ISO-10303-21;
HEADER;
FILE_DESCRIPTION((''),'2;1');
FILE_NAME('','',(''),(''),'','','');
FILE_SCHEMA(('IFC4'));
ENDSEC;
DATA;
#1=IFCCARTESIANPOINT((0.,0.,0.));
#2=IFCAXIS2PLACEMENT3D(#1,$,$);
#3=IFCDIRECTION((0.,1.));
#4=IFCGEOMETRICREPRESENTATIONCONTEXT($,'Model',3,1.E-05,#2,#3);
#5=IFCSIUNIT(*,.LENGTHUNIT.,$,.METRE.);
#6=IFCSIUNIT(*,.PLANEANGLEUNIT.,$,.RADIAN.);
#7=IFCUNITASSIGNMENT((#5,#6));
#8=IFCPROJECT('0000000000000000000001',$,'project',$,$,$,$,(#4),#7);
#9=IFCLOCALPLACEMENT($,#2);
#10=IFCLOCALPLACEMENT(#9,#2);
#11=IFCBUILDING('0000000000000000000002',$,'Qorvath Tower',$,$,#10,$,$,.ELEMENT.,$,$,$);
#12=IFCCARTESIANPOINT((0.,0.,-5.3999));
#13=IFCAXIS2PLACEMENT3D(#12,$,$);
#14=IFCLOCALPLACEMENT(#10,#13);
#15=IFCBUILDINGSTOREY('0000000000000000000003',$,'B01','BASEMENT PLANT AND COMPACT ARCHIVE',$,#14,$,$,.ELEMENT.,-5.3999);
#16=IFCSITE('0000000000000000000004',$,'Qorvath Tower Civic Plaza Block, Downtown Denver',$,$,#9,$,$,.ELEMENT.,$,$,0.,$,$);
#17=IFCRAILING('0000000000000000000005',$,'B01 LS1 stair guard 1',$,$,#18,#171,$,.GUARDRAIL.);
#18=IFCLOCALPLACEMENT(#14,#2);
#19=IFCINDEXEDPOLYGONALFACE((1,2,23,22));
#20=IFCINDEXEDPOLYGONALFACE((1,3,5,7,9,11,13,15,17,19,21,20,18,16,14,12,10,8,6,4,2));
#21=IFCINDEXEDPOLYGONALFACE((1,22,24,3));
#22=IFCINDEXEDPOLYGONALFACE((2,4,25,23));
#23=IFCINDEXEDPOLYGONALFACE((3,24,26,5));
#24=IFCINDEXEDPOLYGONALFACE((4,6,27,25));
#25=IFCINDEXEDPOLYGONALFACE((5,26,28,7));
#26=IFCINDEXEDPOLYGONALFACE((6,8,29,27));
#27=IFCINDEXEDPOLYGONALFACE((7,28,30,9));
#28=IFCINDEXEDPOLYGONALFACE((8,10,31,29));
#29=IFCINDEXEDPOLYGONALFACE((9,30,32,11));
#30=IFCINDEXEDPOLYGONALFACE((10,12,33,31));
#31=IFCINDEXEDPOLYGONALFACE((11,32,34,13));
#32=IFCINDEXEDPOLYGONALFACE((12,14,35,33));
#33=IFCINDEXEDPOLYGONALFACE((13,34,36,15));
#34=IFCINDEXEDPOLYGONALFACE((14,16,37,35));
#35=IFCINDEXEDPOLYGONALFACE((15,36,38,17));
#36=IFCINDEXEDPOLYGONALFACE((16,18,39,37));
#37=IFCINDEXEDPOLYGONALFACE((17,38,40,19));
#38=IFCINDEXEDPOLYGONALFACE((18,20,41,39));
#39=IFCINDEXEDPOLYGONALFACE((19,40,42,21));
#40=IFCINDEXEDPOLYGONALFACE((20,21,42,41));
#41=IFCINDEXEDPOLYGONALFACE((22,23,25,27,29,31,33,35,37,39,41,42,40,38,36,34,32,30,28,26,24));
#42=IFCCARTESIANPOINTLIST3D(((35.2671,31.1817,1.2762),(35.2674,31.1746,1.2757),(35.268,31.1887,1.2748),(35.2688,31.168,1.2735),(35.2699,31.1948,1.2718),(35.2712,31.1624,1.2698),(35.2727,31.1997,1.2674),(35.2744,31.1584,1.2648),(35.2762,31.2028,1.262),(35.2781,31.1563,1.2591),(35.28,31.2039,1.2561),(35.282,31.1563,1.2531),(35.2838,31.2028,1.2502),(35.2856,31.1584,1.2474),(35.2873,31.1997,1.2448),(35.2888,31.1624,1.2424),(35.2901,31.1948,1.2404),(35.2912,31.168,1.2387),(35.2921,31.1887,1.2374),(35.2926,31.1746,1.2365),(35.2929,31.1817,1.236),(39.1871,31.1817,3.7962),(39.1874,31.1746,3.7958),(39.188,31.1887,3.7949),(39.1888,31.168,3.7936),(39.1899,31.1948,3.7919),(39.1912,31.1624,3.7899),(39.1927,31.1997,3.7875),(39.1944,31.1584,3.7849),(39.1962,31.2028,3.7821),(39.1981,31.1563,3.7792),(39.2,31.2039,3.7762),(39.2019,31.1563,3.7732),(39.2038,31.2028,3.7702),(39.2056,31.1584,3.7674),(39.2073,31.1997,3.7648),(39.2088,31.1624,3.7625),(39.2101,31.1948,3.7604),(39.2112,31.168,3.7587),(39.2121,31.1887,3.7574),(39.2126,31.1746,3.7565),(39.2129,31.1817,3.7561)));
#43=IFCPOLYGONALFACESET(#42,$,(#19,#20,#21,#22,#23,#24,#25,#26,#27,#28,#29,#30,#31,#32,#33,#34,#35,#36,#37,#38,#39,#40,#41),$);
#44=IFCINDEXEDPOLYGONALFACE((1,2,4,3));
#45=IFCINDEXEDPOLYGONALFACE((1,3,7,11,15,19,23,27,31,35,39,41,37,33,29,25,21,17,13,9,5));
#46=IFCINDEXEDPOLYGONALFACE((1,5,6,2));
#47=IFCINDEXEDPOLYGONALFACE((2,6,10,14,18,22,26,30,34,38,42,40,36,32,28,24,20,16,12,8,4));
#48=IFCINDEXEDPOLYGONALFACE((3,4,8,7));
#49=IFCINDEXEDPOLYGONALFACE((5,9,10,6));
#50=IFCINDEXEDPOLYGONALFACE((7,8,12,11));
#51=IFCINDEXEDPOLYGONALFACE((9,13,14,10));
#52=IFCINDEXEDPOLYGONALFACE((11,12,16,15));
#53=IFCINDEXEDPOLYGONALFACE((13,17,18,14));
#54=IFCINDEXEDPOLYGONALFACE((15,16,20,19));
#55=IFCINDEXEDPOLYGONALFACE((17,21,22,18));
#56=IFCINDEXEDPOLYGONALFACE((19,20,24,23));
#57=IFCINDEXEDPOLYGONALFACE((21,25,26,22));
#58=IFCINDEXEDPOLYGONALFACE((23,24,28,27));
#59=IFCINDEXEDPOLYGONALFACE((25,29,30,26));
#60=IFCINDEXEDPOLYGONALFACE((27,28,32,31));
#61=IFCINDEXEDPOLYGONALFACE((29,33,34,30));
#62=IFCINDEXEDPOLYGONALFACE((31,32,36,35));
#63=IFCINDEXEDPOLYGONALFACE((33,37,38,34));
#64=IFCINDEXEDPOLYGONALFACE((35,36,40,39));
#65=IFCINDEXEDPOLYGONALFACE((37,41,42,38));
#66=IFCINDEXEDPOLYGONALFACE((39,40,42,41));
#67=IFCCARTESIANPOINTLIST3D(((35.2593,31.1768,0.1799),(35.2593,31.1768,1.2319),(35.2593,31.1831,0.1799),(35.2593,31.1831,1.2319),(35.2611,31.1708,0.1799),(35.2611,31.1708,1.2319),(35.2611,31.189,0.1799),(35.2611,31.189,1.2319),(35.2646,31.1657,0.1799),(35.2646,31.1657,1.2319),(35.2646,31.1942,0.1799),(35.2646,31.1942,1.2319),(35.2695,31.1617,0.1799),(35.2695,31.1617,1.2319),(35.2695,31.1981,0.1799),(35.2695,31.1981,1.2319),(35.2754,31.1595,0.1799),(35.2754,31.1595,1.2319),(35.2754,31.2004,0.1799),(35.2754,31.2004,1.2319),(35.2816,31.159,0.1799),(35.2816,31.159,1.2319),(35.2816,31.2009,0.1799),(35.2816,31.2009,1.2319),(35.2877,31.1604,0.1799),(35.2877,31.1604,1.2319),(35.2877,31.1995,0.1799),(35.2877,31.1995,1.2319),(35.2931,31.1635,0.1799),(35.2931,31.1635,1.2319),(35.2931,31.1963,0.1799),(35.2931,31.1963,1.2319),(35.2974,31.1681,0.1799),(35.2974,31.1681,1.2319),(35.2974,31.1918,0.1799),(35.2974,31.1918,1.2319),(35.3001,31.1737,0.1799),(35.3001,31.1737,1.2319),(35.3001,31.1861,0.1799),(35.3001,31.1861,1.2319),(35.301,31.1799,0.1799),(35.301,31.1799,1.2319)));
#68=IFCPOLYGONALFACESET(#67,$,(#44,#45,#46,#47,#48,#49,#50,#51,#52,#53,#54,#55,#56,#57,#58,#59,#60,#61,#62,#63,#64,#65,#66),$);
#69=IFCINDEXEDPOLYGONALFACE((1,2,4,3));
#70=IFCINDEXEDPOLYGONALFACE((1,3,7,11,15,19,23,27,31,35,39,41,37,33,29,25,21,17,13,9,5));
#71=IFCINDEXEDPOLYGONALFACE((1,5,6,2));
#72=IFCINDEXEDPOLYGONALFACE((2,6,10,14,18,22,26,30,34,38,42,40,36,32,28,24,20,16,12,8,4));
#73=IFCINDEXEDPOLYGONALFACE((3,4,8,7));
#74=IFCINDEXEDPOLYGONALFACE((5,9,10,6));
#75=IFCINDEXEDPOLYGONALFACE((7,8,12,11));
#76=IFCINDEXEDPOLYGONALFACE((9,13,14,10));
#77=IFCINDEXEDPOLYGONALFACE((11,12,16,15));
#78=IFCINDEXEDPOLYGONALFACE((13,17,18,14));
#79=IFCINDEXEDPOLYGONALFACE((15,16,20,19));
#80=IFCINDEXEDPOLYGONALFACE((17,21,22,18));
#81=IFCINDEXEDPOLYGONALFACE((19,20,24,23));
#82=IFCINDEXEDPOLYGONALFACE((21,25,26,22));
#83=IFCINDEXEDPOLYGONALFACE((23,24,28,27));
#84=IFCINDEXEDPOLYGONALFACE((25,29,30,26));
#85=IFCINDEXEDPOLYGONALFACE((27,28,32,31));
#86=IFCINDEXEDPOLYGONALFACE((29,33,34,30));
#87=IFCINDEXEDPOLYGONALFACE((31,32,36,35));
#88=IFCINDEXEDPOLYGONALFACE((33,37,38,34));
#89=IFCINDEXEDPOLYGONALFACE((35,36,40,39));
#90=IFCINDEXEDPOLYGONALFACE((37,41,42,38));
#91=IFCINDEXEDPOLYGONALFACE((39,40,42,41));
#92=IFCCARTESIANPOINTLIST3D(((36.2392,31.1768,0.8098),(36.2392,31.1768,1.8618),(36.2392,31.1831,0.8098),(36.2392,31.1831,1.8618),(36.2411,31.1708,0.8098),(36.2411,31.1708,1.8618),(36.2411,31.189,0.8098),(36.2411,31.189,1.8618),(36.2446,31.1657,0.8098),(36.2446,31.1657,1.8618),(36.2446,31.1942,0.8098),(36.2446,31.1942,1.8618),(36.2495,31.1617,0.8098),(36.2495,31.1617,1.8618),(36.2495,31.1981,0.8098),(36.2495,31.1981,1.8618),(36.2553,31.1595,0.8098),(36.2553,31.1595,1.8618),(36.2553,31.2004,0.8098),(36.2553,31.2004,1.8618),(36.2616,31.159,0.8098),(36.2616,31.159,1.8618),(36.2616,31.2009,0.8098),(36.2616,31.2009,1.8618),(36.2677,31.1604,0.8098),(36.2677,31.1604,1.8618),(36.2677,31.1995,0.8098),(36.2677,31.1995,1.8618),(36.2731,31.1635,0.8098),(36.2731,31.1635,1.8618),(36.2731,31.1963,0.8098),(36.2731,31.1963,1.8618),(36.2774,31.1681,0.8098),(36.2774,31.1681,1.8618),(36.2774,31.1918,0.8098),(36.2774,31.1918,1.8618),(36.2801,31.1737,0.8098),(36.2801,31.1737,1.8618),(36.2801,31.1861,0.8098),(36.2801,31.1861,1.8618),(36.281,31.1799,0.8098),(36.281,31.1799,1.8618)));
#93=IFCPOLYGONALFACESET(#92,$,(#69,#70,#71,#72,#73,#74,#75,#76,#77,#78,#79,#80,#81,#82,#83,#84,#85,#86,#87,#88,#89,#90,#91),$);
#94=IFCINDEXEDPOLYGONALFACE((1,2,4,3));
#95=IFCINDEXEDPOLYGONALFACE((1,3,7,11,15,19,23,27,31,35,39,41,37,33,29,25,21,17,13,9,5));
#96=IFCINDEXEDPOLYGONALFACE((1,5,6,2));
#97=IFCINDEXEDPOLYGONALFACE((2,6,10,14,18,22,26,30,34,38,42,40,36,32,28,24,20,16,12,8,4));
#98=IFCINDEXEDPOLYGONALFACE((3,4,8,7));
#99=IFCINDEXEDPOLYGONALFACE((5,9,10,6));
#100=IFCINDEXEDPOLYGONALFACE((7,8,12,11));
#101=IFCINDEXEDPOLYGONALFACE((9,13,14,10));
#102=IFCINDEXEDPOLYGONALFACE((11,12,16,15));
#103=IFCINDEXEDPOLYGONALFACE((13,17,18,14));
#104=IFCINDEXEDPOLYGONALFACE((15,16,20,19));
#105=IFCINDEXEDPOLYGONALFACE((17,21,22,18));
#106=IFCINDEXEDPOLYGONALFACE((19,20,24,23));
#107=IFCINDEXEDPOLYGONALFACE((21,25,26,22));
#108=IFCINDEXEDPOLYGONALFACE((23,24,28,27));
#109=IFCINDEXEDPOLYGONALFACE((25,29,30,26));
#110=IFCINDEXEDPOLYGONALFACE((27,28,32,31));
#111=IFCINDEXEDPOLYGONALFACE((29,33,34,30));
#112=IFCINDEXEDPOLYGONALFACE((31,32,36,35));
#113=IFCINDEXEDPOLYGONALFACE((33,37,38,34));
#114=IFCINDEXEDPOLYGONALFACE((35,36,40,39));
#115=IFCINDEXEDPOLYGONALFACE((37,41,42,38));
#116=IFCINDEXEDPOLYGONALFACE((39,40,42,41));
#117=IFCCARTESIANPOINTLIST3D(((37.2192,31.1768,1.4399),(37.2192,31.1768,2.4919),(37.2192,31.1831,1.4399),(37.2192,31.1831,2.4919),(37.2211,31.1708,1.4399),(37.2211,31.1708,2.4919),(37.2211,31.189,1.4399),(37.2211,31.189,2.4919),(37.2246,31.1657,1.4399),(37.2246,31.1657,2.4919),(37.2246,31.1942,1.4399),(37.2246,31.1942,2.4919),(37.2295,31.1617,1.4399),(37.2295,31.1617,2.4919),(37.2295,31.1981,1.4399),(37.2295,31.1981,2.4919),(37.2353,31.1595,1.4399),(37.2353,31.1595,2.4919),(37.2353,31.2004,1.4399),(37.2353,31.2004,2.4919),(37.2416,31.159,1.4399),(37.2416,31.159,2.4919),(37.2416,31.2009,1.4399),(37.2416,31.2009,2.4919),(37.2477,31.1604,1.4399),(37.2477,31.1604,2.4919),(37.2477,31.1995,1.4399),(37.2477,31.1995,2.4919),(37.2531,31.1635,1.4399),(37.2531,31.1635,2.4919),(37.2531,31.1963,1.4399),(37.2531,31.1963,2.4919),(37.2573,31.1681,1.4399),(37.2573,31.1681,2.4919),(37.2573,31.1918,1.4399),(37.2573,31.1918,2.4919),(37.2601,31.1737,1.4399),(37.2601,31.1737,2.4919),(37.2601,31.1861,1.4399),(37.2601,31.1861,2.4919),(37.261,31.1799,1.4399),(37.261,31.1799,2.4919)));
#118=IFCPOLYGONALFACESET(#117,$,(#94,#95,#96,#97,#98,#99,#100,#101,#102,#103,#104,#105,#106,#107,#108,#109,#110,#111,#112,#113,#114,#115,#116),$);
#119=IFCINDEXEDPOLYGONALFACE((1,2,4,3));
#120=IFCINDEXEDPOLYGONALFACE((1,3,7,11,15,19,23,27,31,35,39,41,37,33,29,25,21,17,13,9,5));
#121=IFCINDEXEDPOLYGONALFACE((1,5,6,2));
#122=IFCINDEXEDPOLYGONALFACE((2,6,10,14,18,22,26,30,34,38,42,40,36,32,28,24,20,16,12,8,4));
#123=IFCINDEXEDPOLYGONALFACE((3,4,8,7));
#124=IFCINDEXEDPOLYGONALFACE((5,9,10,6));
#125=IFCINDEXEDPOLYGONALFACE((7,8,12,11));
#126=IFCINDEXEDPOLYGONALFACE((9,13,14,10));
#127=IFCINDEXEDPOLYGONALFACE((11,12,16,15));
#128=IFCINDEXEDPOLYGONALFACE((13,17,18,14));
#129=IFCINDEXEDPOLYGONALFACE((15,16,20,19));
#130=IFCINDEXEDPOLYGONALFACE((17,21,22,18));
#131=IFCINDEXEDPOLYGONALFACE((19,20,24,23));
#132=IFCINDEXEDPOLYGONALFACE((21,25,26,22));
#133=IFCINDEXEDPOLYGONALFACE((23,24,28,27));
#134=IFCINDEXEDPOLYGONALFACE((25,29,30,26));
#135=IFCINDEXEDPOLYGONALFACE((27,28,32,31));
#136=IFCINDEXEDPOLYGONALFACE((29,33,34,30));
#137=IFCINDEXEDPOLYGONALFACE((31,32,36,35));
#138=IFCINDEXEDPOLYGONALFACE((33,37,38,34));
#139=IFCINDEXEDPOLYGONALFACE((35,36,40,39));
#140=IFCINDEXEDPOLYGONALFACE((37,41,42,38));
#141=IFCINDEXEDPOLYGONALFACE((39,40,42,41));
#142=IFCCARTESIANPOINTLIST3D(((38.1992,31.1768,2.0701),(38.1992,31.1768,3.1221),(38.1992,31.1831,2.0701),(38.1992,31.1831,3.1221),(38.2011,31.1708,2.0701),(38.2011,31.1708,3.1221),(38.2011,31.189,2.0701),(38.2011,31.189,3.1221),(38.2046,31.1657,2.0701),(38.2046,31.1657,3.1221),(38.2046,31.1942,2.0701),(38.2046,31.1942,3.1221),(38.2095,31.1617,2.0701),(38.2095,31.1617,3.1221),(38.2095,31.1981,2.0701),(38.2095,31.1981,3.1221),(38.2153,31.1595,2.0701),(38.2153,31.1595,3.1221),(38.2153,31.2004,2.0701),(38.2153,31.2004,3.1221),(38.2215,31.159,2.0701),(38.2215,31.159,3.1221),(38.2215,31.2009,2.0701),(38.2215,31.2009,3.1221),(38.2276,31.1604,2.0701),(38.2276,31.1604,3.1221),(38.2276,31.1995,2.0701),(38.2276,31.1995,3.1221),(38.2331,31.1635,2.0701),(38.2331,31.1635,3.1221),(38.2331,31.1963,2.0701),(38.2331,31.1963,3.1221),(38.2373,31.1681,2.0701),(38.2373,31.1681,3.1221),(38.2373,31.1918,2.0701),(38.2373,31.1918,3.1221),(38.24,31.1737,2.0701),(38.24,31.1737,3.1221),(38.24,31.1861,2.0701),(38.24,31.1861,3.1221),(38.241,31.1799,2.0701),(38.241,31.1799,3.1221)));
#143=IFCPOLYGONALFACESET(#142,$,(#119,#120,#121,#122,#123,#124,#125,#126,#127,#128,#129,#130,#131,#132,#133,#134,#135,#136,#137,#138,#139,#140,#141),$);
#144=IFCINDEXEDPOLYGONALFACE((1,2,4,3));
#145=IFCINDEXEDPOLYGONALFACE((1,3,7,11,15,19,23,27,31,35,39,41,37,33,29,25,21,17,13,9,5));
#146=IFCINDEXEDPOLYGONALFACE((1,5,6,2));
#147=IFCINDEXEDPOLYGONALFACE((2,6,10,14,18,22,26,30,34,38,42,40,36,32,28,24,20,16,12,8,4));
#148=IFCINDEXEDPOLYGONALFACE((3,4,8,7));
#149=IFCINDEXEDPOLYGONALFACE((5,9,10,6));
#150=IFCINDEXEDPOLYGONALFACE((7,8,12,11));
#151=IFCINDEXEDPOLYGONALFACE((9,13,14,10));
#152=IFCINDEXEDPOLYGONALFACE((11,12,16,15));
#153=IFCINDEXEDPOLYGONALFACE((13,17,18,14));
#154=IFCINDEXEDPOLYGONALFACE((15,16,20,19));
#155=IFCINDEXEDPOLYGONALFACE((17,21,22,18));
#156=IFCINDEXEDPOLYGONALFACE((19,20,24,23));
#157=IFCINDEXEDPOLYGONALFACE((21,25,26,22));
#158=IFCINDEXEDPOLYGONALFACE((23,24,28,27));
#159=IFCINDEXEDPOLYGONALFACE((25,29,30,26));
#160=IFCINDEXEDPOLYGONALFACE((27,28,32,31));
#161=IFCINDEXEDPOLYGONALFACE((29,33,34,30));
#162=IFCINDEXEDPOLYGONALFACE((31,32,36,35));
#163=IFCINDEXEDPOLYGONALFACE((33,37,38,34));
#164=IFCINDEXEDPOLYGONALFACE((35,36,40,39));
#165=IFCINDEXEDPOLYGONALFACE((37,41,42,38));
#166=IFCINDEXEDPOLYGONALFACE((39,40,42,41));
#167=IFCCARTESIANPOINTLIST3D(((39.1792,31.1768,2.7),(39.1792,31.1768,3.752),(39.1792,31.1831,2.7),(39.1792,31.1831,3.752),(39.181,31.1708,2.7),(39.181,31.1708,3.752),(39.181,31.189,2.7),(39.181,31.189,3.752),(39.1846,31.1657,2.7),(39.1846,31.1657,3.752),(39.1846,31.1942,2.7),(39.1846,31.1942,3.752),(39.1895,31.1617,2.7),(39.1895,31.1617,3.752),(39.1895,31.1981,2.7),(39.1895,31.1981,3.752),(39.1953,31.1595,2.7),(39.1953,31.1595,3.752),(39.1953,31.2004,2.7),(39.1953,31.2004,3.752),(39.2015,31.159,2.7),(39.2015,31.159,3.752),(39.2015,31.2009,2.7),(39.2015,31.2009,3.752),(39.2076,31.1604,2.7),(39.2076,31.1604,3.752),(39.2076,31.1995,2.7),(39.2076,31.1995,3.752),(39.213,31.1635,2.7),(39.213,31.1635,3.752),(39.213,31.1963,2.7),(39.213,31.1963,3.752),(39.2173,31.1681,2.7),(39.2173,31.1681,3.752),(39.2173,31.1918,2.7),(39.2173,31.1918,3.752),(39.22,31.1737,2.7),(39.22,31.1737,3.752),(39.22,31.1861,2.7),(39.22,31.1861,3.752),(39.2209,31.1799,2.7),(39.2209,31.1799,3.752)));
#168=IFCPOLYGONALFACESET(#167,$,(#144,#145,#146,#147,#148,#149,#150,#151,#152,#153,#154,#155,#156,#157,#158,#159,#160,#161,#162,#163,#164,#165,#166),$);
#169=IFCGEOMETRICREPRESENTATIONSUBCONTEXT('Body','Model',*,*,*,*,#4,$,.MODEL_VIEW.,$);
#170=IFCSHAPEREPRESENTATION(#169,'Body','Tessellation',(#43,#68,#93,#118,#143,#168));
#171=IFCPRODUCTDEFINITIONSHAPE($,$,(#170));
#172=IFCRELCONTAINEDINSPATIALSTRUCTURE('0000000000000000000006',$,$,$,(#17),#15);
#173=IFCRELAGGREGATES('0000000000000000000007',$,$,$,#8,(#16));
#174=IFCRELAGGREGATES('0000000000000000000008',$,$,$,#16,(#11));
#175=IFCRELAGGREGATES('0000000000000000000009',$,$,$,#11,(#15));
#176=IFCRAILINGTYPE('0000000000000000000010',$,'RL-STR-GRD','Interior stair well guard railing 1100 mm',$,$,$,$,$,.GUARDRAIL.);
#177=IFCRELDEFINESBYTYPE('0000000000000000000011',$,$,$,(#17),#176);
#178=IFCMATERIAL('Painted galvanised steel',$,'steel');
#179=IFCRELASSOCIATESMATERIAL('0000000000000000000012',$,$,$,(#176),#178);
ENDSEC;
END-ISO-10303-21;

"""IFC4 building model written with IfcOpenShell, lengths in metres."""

from ifc_helpers import new_model, si_unit, direction, frame, origin, origin_2d, place, context, subcontext, project, spatial, circle, extrude, material, type_object, element, save


model = new_model("IFC4")

# Units and contexts
model_context = context("Model", 3, precision=1e-05, world=origin(), true_north=direction((0.0, 1.0)))
body_context = subcontext(model_context, "Body", "Model", "MODEL_VIEW")
ifc_project = project(units=[si_unit("LENGTHUNIT", "METRE"), si_unit("PLANEANGLEUNIT", "RADIAN")], contexts=[model_context])

# Site, building, storey
site_placement = place(None, origin())
site = spatial("IfcSite", under=ifc_project, at=site_placement, Name="Qorvath Tower Civic Plaza Block, Downtown Denver", CompositionType="ELEMENT", RefElevation=0.0)
building_placement = place(site_placement, origin())
building = spatial("IfcBuilding", under=site, at=building_placement, Name="Qorvath Tower", CompositionType="ELEMENT")
storey_placement = place(building_placement, frame((0.0, 0.0, -5.3999)))
storey = spatial("IfcBuildingStorey", under=building, at=storey_placement, Name="B01", Description="BASEMENT PLANT AND COMPACT ARCHIVE", CompositionType="ELEMENT", Elevation=-5.3999)

# Railing
ifc_material_1 = material(Name="Painted galvanised steel", Category="steel")
railing_type_1 = type_object("IfcRailingType", Name="RL-STR-GRD", Description="Interior stair well guard railing 1100 mm", PredefinedType="GUARDRAIL", material=ifc_material_1)
railing_1_placement = place(storey_placement, frame((35.28, 31.1799, 0.1799)))
element("IfcRailing", 1, at=railing_1_placement, inside=storey, type_object=railing_type_1, Name="B01 LS1 stair guard 1", PredefinedType="GUARDRAIL", context=body_context, shape_type="SweptSolid", body=[
    extrude(circle(Radius=0.0239, at=origin_2d()), frame((0.0, 0.0, 1.0762), z_axis=(0.841172, 0.0, 0.540768), x_axis=(0.0, 1.0, 0.0)), (0.0, 0.0, 1.0), 4.6602),
    extrude(circle(Radius=0.021, at=origin_2d()), origin(), (0.0, 0.0, 1.0), 1.052),
    extrude(circle(Radius=0.021, at=origin_2d()), frame((0.98, 0.0, 0.6299)), (0.0, 0.0, 1.0), 1.052),
    extrude(circle(Radius=0.021, at=origin_2d()), frame((1.96, 0.0, 1.26)), (0.0, 0.0, 1.0), 1.052),
    extrude(circle(Radius=0.021, at=origin_2d()), frame((2.9399, 0.0, 1.8901)), (0.0, 0.0, 1.0), 1.052),
    extrude(circle(Radius=0.021, at=origin_2d()), frame((3.9199, 0.0, 2.52)), (0.0, 0.0, 1.0), 1.052),
])

save(model, "model.ifc")
